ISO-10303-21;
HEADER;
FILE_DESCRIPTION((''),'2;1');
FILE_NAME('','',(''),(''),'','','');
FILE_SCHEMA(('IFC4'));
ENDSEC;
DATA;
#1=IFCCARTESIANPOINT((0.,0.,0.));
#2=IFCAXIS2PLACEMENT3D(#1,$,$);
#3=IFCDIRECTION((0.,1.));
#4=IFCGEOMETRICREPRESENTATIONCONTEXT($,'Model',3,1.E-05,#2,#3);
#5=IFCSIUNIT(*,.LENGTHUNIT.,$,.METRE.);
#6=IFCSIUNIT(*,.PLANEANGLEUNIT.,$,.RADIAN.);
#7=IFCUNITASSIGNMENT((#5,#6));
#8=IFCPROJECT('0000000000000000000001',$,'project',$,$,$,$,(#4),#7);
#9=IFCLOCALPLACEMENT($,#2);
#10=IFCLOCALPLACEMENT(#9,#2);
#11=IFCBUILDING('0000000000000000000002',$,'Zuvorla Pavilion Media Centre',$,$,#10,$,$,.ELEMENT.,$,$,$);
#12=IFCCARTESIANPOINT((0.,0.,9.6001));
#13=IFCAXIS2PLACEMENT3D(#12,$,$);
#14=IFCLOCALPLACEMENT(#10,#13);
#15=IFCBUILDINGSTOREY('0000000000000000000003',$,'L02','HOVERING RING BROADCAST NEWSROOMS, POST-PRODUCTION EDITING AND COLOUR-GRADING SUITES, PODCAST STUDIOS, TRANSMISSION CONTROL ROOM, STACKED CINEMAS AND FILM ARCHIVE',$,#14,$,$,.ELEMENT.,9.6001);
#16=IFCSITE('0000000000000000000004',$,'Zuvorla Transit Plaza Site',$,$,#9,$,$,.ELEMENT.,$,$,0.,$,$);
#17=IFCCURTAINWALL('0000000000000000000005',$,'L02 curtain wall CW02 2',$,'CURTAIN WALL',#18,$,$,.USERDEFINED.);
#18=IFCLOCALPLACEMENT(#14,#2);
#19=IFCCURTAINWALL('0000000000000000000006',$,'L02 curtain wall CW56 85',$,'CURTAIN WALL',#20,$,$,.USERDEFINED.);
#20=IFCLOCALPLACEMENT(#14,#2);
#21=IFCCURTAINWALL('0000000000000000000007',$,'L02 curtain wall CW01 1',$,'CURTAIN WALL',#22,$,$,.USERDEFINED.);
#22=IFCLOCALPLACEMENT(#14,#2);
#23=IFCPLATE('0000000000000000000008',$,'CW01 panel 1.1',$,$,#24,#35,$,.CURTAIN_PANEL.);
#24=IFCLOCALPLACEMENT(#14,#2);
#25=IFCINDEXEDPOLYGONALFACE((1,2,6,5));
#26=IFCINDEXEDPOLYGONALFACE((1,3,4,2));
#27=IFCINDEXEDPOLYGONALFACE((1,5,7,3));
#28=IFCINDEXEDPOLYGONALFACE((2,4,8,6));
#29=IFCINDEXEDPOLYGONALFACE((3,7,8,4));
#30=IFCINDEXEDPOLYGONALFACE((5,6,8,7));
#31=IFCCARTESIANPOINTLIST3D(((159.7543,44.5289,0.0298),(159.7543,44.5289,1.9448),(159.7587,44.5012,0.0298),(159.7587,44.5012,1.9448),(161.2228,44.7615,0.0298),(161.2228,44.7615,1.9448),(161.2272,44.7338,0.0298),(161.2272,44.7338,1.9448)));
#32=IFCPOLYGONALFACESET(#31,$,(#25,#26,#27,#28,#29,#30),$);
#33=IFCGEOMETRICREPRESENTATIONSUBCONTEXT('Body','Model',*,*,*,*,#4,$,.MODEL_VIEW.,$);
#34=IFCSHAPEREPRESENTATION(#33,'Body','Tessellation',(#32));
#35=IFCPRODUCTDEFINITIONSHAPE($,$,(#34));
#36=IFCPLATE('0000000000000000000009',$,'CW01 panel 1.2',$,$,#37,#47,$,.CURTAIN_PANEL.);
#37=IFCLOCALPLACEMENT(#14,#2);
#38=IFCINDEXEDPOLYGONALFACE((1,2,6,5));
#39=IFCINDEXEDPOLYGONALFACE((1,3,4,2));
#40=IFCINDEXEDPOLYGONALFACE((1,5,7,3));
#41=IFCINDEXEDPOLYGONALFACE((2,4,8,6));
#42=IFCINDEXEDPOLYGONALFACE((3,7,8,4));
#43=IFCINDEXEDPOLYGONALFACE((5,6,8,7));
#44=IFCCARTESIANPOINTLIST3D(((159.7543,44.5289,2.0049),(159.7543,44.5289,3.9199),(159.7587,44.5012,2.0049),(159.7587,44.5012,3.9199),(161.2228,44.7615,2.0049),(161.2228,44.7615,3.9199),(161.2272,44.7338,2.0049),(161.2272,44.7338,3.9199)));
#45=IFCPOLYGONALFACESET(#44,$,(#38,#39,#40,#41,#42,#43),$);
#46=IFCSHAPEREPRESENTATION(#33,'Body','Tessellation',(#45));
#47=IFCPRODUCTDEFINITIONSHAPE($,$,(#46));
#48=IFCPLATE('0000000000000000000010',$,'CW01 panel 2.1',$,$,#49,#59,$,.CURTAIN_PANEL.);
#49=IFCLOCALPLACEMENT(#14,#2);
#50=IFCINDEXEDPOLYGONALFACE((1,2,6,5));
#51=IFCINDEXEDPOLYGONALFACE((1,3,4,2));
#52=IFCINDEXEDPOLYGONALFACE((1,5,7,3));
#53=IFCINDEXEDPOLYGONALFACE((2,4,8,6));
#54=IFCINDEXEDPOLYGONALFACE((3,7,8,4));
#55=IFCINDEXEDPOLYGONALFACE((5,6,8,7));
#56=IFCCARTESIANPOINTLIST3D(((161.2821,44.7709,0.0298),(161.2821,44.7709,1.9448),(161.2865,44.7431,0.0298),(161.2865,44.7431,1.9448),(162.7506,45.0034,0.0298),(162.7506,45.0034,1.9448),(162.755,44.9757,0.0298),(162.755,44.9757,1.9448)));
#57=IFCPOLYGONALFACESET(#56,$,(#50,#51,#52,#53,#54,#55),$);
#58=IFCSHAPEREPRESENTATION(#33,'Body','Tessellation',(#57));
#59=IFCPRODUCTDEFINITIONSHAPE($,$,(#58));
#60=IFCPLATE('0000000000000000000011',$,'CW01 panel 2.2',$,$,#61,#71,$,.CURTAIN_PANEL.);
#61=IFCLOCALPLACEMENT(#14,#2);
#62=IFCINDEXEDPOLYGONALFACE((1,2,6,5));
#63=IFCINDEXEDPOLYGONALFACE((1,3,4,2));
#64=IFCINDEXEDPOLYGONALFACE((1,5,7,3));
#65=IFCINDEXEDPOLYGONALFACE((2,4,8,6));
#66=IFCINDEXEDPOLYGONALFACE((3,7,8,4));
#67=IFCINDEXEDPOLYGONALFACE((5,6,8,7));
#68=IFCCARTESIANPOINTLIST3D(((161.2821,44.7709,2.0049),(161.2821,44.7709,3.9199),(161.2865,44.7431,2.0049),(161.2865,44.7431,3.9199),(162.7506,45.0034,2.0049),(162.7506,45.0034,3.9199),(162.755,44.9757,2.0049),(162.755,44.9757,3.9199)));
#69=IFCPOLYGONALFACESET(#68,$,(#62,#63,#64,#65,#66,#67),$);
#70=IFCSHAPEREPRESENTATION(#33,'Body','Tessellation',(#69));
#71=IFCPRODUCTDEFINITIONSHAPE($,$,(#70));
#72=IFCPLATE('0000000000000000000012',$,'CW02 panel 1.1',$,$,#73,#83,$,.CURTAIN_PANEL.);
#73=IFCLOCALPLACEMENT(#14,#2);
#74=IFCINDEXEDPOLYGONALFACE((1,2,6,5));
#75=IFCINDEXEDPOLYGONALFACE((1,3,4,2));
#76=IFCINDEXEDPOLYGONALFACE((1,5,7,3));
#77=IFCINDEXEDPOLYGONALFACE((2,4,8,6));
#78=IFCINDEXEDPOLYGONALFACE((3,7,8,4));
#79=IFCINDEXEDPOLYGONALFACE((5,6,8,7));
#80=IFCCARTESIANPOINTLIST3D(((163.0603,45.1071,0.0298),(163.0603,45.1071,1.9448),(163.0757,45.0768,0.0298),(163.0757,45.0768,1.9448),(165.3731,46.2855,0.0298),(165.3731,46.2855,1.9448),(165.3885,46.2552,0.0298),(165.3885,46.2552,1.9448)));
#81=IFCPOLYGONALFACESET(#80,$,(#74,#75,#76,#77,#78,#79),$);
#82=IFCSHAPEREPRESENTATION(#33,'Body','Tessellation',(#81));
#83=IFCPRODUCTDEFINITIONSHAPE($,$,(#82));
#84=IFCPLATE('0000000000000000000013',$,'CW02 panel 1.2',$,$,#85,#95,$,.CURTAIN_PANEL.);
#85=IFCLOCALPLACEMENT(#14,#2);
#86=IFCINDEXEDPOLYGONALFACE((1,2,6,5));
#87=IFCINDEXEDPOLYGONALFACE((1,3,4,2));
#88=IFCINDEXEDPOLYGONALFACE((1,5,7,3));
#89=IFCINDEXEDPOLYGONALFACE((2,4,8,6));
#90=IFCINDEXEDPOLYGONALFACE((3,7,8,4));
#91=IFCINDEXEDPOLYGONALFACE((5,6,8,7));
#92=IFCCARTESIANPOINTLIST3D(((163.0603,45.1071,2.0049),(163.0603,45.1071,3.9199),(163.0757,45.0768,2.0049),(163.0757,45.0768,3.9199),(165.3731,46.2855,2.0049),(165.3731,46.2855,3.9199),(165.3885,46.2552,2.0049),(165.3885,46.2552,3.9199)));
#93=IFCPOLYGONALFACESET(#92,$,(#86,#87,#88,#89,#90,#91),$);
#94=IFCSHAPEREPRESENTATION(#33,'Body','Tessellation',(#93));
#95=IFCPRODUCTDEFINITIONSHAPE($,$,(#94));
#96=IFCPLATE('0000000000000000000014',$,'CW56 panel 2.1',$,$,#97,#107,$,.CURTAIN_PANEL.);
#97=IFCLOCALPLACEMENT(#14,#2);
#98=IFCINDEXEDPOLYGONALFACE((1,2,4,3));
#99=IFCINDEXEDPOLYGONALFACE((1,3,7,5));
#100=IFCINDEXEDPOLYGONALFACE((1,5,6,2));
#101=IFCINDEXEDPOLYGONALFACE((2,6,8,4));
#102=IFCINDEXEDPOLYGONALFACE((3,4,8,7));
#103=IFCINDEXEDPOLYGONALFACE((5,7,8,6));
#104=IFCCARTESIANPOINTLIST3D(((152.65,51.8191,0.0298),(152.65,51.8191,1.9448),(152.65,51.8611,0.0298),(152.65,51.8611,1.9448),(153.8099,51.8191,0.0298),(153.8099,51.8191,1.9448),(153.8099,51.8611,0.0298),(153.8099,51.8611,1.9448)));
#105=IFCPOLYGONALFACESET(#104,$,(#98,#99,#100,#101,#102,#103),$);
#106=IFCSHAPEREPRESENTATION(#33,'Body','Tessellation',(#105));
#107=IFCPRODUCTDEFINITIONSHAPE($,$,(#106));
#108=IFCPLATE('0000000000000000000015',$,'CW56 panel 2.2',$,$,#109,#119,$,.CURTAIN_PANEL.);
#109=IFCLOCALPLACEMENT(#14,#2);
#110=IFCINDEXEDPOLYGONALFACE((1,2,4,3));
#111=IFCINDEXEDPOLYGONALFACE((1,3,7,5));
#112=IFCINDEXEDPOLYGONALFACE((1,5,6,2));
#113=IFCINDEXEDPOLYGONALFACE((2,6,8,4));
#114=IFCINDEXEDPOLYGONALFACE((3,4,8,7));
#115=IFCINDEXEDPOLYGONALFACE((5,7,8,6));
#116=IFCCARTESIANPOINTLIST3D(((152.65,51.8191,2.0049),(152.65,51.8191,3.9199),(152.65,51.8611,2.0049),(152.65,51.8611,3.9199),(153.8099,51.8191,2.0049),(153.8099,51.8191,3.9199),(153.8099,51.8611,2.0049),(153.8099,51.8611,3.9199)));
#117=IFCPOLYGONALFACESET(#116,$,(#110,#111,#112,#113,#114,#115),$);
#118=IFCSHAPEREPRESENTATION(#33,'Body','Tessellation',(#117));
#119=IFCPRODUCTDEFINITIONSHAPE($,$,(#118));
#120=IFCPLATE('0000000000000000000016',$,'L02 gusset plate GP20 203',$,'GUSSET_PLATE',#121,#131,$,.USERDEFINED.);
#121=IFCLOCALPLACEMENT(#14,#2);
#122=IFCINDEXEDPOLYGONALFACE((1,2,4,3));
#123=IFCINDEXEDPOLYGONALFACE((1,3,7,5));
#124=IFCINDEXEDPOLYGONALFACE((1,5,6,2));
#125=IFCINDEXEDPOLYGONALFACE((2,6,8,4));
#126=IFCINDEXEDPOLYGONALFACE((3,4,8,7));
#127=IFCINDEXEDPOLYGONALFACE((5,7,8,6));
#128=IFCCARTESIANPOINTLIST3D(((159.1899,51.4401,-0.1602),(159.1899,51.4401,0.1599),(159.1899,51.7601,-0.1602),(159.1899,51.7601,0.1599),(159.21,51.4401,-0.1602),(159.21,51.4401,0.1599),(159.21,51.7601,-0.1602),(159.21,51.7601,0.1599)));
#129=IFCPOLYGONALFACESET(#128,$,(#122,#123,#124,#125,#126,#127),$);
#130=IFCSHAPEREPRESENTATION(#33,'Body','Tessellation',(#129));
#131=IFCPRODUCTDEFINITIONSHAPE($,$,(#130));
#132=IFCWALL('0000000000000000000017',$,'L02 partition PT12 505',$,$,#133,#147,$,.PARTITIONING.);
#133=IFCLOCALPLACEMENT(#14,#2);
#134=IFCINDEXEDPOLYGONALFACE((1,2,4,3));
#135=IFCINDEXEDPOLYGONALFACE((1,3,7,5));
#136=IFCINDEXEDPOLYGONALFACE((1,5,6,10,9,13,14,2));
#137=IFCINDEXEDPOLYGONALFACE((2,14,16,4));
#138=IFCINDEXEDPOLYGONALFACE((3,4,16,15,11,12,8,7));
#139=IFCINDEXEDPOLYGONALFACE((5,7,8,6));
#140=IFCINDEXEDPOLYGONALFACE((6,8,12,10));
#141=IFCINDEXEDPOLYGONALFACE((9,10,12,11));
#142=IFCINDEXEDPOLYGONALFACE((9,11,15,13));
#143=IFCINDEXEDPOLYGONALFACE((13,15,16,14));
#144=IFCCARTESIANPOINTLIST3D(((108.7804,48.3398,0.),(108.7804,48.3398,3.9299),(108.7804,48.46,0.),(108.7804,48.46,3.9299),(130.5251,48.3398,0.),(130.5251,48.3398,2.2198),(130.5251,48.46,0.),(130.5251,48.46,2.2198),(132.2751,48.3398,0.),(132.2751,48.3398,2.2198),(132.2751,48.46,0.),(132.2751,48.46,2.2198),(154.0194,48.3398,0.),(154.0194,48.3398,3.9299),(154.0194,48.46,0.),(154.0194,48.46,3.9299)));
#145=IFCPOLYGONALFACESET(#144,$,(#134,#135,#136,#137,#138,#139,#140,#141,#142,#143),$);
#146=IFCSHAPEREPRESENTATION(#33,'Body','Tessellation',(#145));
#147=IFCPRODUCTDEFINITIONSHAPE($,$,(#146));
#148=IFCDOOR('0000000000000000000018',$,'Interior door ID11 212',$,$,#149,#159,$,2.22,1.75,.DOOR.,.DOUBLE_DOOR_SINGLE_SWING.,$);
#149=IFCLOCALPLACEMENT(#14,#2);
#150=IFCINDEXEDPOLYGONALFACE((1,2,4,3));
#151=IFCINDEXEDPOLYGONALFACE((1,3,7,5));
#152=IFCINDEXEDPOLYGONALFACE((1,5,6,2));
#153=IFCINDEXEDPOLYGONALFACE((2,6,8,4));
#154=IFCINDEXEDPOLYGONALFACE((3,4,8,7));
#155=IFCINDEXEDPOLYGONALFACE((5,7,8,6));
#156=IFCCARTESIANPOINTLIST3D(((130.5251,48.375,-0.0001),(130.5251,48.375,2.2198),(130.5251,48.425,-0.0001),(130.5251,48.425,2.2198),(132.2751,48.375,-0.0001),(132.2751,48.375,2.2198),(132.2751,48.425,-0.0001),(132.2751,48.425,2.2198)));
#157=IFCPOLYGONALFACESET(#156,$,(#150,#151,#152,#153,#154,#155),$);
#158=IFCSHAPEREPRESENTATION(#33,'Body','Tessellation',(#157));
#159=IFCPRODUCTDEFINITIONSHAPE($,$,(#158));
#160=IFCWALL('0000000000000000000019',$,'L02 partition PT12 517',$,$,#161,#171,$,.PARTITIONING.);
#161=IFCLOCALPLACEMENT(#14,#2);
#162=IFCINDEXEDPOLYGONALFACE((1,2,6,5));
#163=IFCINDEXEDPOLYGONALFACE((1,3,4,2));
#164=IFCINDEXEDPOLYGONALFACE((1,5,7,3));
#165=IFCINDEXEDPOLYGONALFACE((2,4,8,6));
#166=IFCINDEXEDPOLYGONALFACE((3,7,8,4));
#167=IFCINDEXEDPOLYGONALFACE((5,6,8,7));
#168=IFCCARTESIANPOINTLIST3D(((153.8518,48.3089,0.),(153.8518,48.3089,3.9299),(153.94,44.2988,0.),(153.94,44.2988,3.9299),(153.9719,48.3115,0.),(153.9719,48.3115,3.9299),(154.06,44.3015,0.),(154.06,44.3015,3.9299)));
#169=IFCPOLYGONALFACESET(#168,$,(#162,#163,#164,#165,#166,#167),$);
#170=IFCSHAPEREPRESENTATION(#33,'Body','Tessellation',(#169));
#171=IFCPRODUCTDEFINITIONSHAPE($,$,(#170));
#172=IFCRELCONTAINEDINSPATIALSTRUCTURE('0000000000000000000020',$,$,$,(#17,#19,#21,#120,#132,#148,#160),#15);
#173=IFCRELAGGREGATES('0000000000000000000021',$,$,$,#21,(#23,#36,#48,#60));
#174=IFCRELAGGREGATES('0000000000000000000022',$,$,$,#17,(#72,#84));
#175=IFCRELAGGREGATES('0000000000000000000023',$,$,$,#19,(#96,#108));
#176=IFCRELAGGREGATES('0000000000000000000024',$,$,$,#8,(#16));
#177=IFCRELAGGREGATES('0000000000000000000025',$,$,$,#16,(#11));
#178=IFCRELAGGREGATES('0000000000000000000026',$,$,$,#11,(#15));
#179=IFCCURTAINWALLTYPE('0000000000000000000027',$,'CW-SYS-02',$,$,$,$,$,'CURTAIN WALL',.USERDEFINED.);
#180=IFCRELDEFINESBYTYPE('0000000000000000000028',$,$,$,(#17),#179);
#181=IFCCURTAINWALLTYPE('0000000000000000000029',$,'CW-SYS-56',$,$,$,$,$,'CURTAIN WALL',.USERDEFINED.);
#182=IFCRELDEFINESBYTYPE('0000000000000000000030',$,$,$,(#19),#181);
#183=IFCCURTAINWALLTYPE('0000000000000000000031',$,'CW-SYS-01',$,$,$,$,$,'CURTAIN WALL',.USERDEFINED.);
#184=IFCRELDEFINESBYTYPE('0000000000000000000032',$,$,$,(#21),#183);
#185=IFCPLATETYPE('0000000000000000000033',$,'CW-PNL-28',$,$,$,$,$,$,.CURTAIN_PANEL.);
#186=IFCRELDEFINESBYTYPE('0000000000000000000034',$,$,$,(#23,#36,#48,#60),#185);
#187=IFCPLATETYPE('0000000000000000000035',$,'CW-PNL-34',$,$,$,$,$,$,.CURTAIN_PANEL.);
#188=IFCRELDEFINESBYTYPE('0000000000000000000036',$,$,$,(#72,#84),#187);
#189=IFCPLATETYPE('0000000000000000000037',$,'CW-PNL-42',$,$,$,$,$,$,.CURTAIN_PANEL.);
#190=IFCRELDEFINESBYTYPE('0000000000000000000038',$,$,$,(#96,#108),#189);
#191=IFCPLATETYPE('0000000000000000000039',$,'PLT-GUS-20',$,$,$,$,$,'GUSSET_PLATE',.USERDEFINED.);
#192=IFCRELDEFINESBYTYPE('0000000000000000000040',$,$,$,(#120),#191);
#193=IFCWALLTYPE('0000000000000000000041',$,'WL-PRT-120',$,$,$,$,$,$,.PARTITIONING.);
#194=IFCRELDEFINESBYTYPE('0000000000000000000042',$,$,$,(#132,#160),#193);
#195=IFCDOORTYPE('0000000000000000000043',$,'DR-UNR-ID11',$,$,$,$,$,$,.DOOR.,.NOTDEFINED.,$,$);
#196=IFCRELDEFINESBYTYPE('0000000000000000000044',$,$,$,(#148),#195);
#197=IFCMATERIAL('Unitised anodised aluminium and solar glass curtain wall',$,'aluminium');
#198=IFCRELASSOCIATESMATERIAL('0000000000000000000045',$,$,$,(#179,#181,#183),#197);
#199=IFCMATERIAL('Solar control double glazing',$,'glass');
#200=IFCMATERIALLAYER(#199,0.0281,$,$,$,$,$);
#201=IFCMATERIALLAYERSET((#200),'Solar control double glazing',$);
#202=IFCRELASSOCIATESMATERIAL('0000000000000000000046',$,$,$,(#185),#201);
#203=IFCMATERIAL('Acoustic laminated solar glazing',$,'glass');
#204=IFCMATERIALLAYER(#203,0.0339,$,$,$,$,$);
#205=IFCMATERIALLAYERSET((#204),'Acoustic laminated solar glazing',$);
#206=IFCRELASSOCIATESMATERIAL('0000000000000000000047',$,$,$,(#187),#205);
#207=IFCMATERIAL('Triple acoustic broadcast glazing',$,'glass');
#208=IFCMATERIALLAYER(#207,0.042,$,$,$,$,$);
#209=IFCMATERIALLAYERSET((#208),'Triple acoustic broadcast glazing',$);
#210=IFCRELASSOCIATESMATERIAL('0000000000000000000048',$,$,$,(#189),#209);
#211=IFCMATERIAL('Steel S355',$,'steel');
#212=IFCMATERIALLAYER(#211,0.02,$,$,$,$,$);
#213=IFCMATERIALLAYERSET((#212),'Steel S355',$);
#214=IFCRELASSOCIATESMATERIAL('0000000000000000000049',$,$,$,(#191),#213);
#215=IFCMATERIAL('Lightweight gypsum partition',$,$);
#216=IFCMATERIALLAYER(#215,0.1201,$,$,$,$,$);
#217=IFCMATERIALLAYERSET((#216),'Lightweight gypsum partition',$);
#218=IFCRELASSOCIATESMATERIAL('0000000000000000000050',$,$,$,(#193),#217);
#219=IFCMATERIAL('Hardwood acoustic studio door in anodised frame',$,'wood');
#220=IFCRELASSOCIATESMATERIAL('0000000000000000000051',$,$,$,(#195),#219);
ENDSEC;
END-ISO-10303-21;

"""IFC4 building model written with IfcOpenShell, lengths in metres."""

from ifc_helpers import new_model, si_unit, direction, frame, frame_2d, origin, origin_2d, place, context, subcontext, project, spatial, rectangle, extrude, material, layer, layer_set, type_object, element, fill, aggregate, save


model = new_model("IFC4")

# Units and contexts
model_context = context("Model", 3, precision=1e-05, world=origin(), true_north=direction((0.0, 1.0)))
body_context = subcontext(model_context, "Body", "Model", "MODEL_VIEW")
ifc_project = project(units=[si_unit("LENGTHUNIT", "METRE"), si_unit("PLANEANGLEUNIT", "RADIAN")], contexts=[model_context])

# Site, building, storey
site_placement = place(None, origin())
site = spatial("IfcSite", under=ifc_project, at=site_placement, Name="Zuvorla Transit Plaza Site", CompositionType="ELEMENT", RefElevation=0.0)
building_placement = place(site_placement, origin())
building = spatial("IfcBuilding", under=site, at=building_placement, Name="Zuvorla Pavilion Media Centre", CompositionType="ELEMENT")
storey_placement = place(building_placement, frame((0.0, 0.0, 9.6001)))
storey = spatial("IfcBuildingStorey", under=building, at=storey_placement, Name="L02", Description="HOVERING RING BROADCAST NEWSROOMS, POST-PRODUCTION EDITING AND COLOUR-GRADING SUITES, PODCAST STUDIOS, TRANSMISSION CONTROL ROOM, STACKED CINEMAS AND FILM ARCHIVE", CompositionType="ELEMENT", Elevation=9.6001)

# Shared definitions
ifc_material_1 = material(Name="Steel S355", Category="steel")

# Curtain wall
ifc_material_2 = material(Name="Unitised anodised aluminium and solar glass curtain wall", Category="aluminium")
curtain_wall_type_1 = type_object("IfcCurtainWallType", Name="CW-SYS-02", ElementType="CURTAIN WALL", PredefinedType="USERDEFINED", material=ifc_material_2)
curtain_wall_1_placement = place(storey_placement, origin())
curtain_wall_1 = element("IfcCurtainWall", 1, at=curtain_wall_1_placement, inside=storey, type_object=curtain_wall_type_1, Name="L02 curtain wall CW02 2", ObjectType="CURTAIN WALL", PredefinedType="USERDEFINED")

# Curtain wall
curtain_wall_type_2 = type_object("IfcCurtainWallType", Name="CW-SYS-56", ElementType="CURTAIN WALL", PredefinedType="USERDEFINED", material=ifc_material_2)
curtain_wall_2_placement = place(storey_placement, origin())
curtain_wall_2 = element("IfcCurtainWall", 2, at=curtain_wall_2_placement, inside=storey, type_object=curtain_wall_type_2, Name="L02 curtain wall CW56 85", ObjectType="CURTAIN WALL", PredefinedType="USERDEFINED")

# Curtain wall
curtain_wall_type_3 = type_object("IfcCurtainWallType", Name="CW-SYS-01", ElementType="CURTAIN WALL", PredefinedType="USERDEFINED", material=ifc_material_2)
curtain_wall_3_placement = place(storey_placement, origin())
curtain_wall_3 = element("IfcCurtainWall", 3, at=curtain_wall_3_placement, inside=storey, type_object=curtain_wall_type_3, Name="L02 curtain wall CW01 1", ObjectType="CURTAIN WALL", PredefinedType="USERDEFINED")

# Plates
ifc_material_3 = material(Name="Solar control double glazing", Category="glass")
ifc_layer_1 = layer(ifc_material_3, 0.0281)
ifc_layer_set_1 = layer_set([ifc_layer_1], Name="Solar control double glazing")
plate_type_1 = type_object("IfcPlateType", Name="CW-PNL-28", PredefinedType="CURTAIN_PANEL", material=ifc_layer_set_1)
plate_1_placement = place(storey_placement, frame((160.4907, 44.6313, 0.0298), z_axis=(0.0, 0.0, 1.0), x_axis=(0.987691, 0.156421, 0.0)))
plate_1 = element("IfcPlate", 4, at=plate_1_placement, type_object=plate_type_1, Name="CW01 panel 1.1", PredefinedType="CURTAIN_PANEL", context=body_context, shape_type="SweptSolid", body=[
    extrude(rectangle(XDim=1.4868, YDim=0.0281, at=origin_2d()), origin(), (0.0, 0.0, 1.0), 1.915),
])
plate_2_placement = place(storey_placement, frame((160.4907, 44.6313, 2.0049), z_axis=(0.0, 0.0, 1.0), x_axis=(0.987691, 0.156421, 0.0)))
plate_2 = element("IfcPlate", 5, at=plate_2_placement, type_object=plate_type_1, Name="CW01 panel 1.2", PredefinedType="CURTAIN_PANEL", context=body_context, shape_type="SweptSolid", body=[
    extrude(rectangle(XDim=1.4868, YDim=0.0281, at=origin_2d()), origin(), (0.0, 0.0, 1.0), 1.915),
])
plate_3_placement = place(storey_placement, frame((162.0186, 44.8733, 0.0298), z_axis=(0.0, 0.0, 1.0), x_axis=(0.987691, 0.156421, 0.0)))
plate_3 = element("IfcPlate", 6, at=plate_3_placement, type_object=plate_type_1, Name="CW01 panel 2.1", PredefinedType="CURTAIN_PANEL", context=body_context, shape_type="SweptSolid", body=[
    extrude(rectangle(XDim=1.4868, YDim=0.0281, at=origin_2d()), origin(), (0.0, 0.0, 1.0), 1.915),
])
plate_4_placement = place(storey_placement, frame((162.0186, 44.8733, 2.0049), z_axis=(0.0, 0.0, 1.0), x_axis=(0.987691, 0.156421, 0.0)))
plate_4 = element("IfcPlate", 7, at=plate_4_placement, type_object=plate_type_1, Name="CW01 panel 2.2", PredefinedType="CURTAIN_PANEL", context=body_context, shape_type="SweptSolid", body=[
    extrude(rectangle(XDim=1.4868, YDim=0.0281, at=origin_2d()), origin(), (0.0, 0.0, 1.0), 1.915),
])
aggregate(curtain_wall_3, [plate_1, plate_2, plate_3, plate_4])
ifc_material_4 = material(Name="Acoustic laminated solar glazing", Category="glass")
ifc_layer_2 = layer(ifc_material_4, 0.0339)
ifc_layer_set_2 = layer_set([ifc_layer_2], Name="Acoustic laminated solar glazing")
plate_type_2 = type_object("IfcPlateType", Name="CW-PNL-34", PredefinedType="CURTAIN_PANEL", material=ifc_layer_set_2)
plate_5_placement = place(storey_placement, frame((164.2244, 45.6812, 0.0298), z_axis=(0.0, 0.0, 1.0), x_axis=(0.891009, 0.453986, 0.0)))
plate_5 = element("IfcPlate", 8, at=plate_5_placement, type_object=plate_type_2, Name="CW02 panel 1.1", PredefinedType="CURTAIN_PANEL", context=body_context, shape_type="SweptSolid", body=[
    extrude(rectangle(XDim=2.5957, YDim=0.0339, at=origin_2d()), origin(), (0.0, 0.0, 1.0), 1.915),
])
plate_6_placement = place(storey_placement, frame((164.2244, 45.6812, 2.0049), z_axis=(0.0, 0.0, 1.0), x_axis=(0.891009, 0.453986, 0.0)))
plate_6 = element("IfcPlate", 9, at=plate_6_placement, type_object=plate_type_2, Name="CW02 panel 1.2", PredefinedType="CURTAIN_PANEL", context=body_context, shape_type="SweptSolid", body=[
    extrude(rectangle(XDim=2.5957, YDim=0.0339, at=origin_2d()), origin(), (0.0, 0.0, 1.0), 1.915),
])
aggregate(curtain_wall_1, [plate_5, plate_6])
ifc_material_5 = material(Name="Triple acoustic broadcast glazing", Category="glass")
ifc_layer_3 = layer(ifc_material_5, 0.042)
ifc_layer_set_3 = layer_set([ifc_layer_3], Name="Triple acoustic broadcast glazing")
plate_type_3 = type_object("IfcPlateType", Name="CW-PNL-42", PredefinedType="CURTAIN_PANEL", material=ifc_layer_set_3)
plate_7_placement = place(storey_placement, frame((153.23, 51.8401, 0.0298), z_axis=(0.0, 0.0, 1.0), x_axis=(1.0, 0.0, 0.0)))
plate_7 = element("IfcPlate", 10, at=plate_7_placement, type_object=plate_type_3, Name="CW56 panel 2.1", PredefinedType="CURTAIN_PANEL", context=body_context, shape_type="SweptSolid", body=[
    extrude(rectangle(XDim=1.1599, YDim=0.042, at=origin_2d()), origin(), (0.0, 0.0, 1.0), 1.915),
])
plate_8_placement = place(storey_placement, frame((153.23, 51.8401, 2.0049), z_axis=(0.0, 0.0, 1.0), x_axis=(1.0, 0.0, 0.0)))
plate_8 = element("IfcPlate", 11, at=plate_8_placement, type_object=plate_type_3, Name="CW56 panel 2.2", PredefinedType="CURTAIN_PANEL", context=body_context, shape_type="SweptSolid", body=[
    extrude(rectangle(XDim=1.1599, YDim=0.042, at=origin_2d()), origin(), (0.0, 0.0, 1.0), 1.915),
])
aggregate(curtain_wall_2, [plate_7, plate_8])
ifc_layer_4 = layer(ifc_material_1, 0.02)
ifc_layer_set_4 = layer_set([ifc_layer_4], Name="Steel S355")
plate_type_4 = type_object("IfcPlateType", Name="PLT-GUS-20", ElementType="GUSSET_PLATE", PredefinedType="USERDEFINED", material=ifc_layer_set_4)
plate_9_placement = place(storey_placement, frame((159.2, 51.6001, -0.1602), z_axis=(0.0, 0.0, 1.0), x_axis=(1.0, 0.0, 0.0)))
element("IfcPlate", 12, at=plate_9_placement, inside=storey, type_object=plate_type_4, Name="L02 gusset plate GP20 203", ObjectType="GUSSET_PLATE", PredefinedType="USERDEFINED", context=body_context, shape_type="SweptSolid", body=[
    extrude(rectangle(XDim=0.02, YDim=0.3201, at=origin_2d()), origin(), (0.0, 0.0, 1.0), 0.3201),
])

# Wall, opening, door
ifc_material_6 = material(Name="Lightweight gypsum partition")
ifc_layer_5 = layer(ifc_material_6, 0.1201)
ifc_layer_set_5 = layer_set([ifc_layer_5], Name="Lightweight gypsum partition")
wall_type = type_object("IfcWallType", Name="WL-PRT-120", PredefinedType="PARTITIONING", material=ifc_layer_set_5)
wall_1_placement = place(storey_placement, frame((154.0195, 48.3999, 0.0), z_axis=(0.0, 0.0, 1.0), x_axis=(-1.0, 0.0, 0.0)))
wall_1 = element("IfcWall", 13, at=wall_1_placement, inside=storey, type_object=wall_type, Name="L02 partition PT12 505", PredefinedType="PARTITIONING", context=body_context, shape_type="SweptSolid", body=[
    extrude(rectangle(XDim=45.239, YDim=0.1201, at=frame_2d((22.6196, 0.0))), origin(), (0.0, 0.0, 1.0), 3.9299),
])
opening_placement = place(wall_1_placement, frame((21.7444, 0.0, 0.0)))
opening = element("IfcOpeningElement", 14, at=opening_placement, cuts=wall_1, PredefinedType="OPENING", context=body_context, shape_type="SweptSolid", body=[
    extrude(rectangle(XDim=1.75, YDim=2.22, at=frame_2d((0.875, 1.1099))), frame((0.0, 0.0701, 0.0), z_axis=(0.0, -1.0, 0.0), x_axis=(1.0, 0.0, 0.0)), (0.0, 0.0, 1.0), 0.1401),
])
ifc_material_7 = material(Name="Hardwood acoustic studio door in anodised frame", Category="wood")
door_type = type_object("IfcDoorType", Name="DR-UNR-ID11", OperationType="NOTDEFINED", PredefinedType="DOOR", material=ifc_material_7)
door_placement = place(opening_placement, origin())
door = element("IfcDoor", 15, at=door_placement, inside=storey, type_object=door_type, Name="Interior door ID11 212", OperationType="DOUBLE_DOOR_SINGLE_SWING", OverallHeight=2.22, OverallWidth=1.75, PredefinedType="DOOR", context=body_context, shape_type="SweptSolid", body=[
    extrude(rectangle(XDim=1.75, YDim=2.22, at=frame_2d((0.875, 1.1099))), frame((0.0, 0.0249, 0.0), z_axis=(0.0, -1.0, 0.0), x_axis=(1.0, 0.0, 0.0)), (0.0, 0.0, 1.0), 0.05),
])
fill(opening, door)

# Wall
wall_2_placement = place(storey_placement, frame((153.9119, 48.3101, 0.0), z_axis=(0.0, 0.0, 1.0), x_axis=(0.021973, -0.999759, 0.0)))
element("IfcWall", 16, at=wall_2_placement, inside=storey, type_object=wall_type, Name="L02 partition PT12 517", PredefinedType="PARTITIONING", context=body_context, shape_type="SweptSolid", body=[
    extrude(rectangle(XDim=4.011, YDim=0.1201, at=frame_2d((2.0054, 0.0))), origin(), (0.0, 0.0, 1.0), 3.9299),
])

save(model, "model.ifc")
